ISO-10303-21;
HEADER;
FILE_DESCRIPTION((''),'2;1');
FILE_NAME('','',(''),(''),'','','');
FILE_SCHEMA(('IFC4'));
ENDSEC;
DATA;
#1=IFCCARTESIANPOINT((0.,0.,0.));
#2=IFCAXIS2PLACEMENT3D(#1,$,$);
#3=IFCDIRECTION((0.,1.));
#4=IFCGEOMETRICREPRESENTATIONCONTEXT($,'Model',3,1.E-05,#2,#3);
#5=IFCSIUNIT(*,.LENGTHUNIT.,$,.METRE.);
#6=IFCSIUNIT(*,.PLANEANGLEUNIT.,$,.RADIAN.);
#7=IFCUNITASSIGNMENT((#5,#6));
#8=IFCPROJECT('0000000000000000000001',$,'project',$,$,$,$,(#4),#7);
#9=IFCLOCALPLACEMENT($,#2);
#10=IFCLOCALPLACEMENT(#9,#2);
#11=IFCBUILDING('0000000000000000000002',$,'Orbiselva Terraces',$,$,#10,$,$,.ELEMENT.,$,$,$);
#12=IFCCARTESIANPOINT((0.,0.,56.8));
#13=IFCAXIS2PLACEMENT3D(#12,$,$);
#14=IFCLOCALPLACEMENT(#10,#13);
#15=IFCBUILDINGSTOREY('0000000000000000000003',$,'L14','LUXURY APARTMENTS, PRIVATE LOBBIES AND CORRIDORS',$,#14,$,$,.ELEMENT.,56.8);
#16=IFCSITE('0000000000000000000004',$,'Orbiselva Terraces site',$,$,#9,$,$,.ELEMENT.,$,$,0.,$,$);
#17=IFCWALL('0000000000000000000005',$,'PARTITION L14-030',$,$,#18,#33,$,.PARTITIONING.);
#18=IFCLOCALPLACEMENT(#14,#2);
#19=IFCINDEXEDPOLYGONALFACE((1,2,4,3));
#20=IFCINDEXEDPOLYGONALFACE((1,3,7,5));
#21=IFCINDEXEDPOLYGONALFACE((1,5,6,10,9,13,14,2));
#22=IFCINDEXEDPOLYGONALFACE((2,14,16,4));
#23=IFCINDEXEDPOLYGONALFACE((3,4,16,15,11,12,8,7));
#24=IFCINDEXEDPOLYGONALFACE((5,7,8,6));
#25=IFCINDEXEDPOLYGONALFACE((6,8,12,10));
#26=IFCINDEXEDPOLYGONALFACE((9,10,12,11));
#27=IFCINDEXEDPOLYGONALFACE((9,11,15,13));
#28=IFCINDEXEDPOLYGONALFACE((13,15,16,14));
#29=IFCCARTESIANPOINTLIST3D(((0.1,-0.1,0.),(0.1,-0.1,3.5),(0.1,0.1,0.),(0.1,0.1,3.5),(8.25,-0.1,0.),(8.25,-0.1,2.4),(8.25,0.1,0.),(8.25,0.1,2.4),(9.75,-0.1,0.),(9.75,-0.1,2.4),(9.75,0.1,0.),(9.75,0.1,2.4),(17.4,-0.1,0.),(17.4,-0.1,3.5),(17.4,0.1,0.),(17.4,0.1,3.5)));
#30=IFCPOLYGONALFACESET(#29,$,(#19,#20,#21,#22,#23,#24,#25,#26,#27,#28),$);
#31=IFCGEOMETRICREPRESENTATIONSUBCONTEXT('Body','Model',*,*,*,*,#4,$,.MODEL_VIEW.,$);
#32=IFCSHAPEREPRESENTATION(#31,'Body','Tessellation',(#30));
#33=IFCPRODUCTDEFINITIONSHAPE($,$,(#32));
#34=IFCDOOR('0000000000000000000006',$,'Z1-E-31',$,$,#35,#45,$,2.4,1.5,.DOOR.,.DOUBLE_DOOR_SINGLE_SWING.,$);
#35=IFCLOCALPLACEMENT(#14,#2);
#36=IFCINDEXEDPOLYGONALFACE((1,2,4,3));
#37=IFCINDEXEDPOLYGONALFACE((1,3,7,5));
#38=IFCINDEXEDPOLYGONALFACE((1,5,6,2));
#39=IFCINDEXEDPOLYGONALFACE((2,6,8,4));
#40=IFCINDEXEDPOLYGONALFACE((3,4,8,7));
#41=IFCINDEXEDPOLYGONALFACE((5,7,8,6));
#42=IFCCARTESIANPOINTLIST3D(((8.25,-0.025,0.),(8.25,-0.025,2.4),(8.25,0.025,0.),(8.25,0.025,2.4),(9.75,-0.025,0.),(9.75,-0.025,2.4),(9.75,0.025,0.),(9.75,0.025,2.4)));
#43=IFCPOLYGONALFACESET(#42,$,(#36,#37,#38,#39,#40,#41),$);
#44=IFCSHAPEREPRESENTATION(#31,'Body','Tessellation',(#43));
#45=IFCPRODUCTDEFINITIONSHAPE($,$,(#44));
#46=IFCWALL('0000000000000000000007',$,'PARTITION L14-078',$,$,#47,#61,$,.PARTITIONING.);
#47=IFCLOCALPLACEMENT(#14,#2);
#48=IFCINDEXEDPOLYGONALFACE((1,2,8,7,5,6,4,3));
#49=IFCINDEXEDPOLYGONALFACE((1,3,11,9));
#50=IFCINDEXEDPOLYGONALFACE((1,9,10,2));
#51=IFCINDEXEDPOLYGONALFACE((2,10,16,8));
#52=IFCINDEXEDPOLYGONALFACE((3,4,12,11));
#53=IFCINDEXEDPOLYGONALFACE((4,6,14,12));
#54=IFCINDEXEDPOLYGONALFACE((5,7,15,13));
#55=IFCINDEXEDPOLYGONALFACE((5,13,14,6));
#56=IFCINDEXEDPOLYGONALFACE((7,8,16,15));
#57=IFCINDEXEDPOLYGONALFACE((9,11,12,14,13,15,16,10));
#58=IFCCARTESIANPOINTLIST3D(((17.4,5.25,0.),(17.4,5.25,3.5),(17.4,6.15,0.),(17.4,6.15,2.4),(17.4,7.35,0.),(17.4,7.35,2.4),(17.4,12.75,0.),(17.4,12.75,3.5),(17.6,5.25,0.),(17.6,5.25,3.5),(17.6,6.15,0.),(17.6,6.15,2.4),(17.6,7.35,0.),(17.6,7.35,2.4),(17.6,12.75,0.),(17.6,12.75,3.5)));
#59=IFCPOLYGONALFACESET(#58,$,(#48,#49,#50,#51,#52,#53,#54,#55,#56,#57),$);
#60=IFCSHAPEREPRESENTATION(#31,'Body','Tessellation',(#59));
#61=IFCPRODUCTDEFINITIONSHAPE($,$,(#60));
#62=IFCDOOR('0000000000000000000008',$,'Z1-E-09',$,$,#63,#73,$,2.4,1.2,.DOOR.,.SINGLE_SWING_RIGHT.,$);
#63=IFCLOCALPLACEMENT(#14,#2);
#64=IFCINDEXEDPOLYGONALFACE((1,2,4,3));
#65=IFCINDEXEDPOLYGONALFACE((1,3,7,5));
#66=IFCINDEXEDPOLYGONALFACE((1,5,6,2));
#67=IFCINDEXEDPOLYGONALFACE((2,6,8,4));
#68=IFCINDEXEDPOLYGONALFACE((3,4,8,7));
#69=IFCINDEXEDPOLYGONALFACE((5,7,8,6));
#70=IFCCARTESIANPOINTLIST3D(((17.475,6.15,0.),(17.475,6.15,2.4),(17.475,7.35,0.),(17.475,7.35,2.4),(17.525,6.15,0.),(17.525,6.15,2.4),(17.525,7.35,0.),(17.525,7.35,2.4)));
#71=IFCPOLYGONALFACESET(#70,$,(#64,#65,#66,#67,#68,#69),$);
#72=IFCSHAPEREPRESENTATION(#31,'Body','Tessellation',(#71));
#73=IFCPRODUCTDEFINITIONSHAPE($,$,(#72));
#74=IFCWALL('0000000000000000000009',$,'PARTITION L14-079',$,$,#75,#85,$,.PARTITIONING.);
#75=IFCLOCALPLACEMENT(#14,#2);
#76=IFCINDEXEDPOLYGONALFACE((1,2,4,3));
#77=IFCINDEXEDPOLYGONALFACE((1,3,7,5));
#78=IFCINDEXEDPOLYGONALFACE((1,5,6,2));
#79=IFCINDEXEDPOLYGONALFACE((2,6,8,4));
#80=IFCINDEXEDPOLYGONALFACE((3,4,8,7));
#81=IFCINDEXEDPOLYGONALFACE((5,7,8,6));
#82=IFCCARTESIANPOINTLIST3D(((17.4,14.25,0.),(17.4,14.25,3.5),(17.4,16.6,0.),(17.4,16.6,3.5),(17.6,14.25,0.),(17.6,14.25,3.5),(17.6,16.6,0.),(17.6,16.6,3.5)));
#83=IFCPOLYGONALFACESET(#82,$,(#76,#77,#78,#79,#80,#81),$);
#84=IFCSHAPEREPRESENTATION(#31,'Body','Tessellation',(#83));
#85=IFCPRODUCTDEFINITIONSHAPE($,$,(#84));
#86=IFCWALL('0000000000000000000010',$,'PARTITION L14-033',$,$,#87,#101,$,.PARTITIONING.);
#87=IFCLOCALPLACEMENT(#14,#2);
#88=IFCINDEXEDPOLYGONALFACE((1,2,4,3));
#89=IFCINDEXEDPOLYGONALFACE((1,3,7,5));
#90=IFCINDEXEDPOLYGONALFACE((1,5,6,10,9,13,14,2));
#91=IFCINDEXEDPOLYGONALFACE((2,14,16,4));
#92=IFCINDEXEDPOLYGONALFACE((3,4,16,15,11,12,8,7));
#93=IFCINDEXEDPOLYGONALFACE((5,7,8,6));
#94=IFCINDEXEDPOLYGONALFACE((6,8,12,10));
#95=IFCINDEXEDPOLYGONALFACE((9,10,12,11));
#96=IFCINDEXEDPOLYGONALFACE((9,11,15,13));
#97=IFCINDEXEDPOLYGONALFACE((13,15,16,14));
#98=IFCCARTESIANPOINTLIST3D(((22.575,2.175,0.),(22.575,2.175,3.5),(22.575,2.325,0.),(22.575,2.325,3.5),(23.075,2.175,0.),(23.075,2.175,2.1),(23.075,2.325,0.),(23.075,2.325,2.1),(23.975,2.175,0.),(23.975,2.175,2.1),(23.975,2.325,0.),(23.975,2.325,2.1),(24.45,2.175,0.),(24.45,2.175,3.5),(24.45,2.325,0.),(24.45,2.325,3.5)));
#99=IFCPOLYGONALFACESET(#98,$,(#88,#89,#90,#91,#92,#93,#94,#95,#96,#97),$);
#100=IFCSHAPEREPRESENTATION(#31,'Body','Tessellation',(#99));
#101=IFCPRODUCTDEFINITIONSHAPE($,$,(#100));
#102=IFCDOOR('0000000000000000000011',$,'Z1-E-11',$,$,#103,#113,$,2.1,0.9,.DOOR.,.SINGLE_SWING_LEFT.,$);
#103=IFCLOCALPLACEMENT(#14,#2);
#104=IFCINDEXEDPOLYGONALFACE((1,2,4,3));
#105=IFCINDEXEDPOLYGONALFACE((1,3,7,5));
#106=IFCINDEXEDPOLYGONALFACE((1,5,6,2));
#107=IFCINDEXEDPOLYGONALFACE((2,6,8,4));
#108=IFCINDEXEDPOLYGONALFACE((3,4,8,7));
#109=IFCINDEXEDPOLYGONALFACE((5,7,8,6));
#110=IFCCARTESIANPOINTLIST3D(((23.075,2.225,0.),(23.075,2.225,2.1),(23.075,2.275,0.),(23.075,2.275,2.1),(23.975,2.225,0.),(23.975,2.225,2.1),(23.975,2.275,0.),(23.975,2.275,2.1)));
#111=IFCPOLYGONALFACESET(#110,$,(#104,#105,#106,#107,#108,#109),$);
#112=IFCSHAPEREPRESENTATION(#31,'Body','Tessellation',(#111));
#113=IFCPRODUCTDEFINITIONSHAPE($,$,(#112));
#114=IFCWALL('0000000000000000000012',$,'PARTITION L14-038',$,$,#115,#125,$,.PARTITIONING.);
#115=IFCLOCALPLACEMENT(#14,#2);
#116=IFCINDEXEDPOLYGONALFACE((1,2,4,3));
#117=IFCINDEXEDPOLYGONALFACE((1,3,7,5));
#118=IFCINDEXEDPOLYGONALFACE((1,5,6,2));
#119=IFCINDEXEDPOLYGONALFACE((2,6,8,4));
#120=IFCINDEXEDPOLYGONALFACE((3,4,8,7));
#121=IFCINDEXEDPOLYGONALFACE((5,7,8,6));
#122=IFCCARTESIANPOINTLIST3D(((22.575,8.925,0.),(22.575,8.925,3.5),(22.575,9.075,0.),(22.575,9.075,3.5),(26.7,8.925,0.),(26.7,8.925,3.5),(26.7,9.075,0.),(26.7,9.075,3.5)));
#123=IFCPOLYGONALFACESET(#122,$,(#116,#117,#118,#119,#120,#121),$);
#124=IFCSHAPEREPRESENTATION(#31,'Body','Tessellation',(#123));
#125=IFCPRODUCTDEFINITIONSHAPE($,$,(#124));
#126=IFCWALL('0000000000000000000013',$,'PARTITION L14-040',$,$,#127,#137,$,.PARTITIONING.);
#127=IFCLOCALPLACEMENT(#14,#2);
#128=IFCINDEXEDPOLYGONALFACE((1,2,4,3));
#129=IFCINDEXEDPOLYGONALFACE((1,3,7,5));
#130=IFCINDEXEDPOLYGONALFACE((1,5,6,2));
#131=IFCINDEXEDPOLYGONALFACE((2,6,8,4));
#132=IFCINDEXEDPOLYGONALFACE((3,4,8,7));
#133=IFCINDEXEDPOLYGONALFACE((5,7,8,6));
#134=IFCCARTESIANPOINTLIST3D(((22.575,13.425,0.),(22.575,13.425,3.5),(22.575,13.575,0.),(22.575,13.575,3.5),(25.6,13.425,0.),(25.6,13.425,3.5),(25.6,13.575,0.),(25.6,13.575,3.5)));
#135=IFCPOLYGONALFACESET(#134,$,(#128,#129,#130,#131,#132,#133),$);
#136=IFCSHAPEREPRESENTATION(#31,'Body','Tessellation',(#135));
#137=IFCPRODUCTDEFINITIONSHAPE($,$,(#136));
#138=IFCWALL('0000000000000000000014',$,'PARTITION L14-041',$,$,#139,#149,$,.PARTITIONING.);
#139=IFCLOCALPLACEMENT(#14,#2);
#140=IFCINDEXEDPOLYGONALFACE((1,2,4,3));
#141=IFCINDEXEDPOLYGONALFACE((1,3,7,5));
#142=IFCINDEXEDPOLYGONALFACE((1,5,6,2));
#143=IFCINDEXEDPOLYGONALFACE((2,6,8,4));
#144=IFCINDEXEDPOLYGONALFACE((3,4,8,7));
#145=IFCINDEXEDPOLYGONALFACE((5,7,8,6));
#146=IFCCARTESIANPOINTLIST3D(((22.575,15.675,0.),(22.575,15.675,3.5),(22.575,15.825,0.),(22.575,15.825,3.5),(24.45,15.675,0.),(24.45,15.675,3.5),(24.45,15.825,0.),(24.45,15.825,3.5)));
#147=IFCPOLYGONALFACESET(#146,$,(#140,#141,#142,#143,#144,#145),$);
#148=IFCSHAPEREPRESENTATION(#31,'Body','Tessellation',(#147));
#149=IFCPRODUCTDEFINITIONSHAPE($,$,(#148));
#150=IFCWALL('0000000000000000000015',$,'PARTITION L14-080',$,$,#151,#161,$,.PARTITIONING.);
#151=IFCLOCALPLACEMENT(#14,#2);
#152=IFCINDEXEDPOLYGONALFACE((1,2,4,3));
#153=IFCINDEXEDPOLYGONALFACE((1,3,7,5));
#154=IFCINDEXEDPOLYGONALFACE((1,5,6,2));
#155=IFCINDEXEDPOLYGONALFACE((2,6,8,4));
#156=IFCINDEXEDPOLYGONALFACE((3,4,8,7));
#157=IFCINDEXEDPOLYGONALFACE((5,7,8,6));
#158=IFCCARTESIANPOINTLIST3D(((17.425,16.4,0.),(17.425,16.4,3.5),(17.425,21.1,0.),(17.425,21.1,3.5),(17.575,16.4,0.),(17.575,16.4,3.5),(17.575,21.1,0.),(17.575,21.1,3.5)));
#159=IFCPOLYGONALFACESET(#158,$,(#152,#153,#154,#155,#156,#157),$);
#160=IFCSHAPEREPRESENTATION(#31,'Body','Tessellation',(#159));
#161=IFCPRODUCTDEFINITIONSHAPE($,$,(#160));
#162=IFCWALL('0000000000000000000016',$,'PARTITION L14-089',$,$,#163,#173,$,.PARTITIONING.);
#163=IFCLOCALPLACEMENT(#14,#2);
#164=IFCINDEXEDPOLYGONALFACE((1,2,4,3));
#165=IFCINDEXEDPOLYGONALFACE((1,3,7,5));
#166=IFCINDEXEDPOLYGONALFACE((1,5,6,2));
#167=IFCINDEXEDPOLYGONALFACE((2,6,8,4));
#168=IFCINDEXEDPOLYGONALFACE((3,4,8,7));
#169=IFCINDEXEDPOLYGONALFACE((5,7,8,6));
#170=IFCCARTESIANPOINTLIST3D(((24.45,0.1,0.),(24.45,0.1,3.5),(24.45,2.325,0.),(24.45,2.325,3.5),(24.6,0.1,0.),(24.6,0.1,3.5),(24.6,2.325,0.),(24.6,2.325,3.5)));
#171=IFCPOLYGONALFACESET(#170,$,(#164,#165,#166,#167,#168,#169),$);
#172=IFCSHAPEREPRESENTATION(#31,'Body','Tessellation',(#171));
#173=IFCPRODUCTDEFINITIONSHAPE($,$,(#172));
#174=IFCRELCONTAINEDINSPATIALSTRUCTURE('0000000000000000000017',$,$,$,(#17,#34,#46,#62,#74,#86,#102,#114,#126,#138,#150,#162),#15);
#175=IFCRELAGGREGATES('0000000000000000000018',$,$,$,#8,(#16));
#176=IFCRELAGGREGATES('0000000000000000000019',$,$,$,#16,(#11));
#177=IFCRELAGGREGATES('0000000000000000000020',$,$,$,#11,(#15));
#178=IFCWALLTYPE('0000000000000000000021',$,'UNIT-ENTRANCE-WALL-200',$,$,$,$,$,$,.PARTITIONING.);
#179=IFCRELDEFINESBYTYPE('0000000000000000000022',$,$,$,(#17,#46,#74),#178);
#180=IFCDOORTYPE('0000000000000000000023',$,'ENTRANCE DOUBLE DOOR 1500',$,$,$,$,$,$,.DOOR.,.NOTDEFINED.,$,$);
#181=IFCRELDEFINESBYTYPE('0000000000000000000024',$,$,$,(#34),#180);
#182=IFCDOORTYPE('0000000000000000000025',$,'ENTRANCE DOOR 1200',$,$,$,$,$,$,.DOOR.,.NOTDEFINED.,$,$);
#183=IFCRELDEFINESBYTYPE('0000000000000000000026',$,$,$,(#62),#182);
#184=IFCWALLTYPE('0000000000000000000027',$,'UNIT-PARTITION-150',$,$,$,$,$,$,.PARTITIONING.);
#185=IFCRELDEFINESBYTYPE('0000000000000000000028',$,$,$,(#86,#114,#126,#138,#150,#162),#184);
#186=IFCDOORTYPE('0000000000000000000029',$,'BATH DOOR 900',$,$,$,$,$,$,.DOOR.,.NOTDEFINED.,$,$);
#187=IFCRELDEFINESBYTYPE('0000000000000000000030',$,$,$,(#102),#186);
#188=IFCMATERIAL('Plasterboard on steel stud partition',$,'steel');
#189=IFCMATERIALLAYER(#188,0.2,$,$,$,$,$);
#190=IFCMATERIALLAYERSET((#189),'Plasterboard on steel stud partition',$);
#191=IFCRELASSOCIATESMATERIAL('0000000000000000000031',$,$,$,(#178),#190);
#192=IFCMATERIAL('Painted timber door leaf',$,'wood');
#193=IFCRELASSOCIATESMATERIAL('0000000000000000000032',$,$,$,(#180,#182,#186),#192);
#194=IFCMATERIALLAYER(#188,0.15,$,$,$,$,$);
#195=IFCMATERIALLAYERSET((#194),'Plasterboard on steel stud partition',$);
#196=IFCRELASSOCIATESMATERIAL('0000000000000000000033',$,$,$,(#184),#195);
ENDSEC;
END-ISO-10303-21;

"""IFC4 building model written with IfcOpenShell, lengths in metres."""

from ifc_helpers import new_model, si_unit, direction, frame, frame_2d, origin, place, context, subcontext, project, spatial, rectangle, extrude, material, layer, layer_set, type_object, element, fill, save


model = new_model("IFC4")

# Units and contexts
model_context = context("Model", 3, precision=1e-05, world=origin(), true_north=direction((0.0, 1.0)))
body_context = subcontext(model_context, "Body", "Model", "MODEL_VIEW")
ifc_project = project(units=[si_unit("LENGTHUNIT", "METRE"), si_unit("PLANEANGLEUNIT", "RADIAN")], contexts=[model_context])

# Site, building, storey
site_placement = place(None, origin())
site = spatial("IfcSite", under=ifc_project, at=site_placement, Name="Orbiselva Terraces site", CompositionType="ELEMENT", RefElevation=0.0)
building_placement = place(site_placement, origin())
building = spatial("IfcBuilding", under=site, at=building_placement, Name="Orbiselva Terraces", CompositionType="ELEMENT")
storey_placement = place(building_placement, frame((0.0, 0.0, 56.8)))
storey = spatial("IfcBuildingStorey", under=building, at=storey_placement, Name="L14", Description="LUXURY APARTMENTS, PRIVATE LOBBIES AND CORRIDORS", CompositionType="ELEMENT", Elevation=56.8)

# Walls, openings, doors
ifc_material_1 = material(Name="Plasterboard on steel stud partition", Category="steel")
ifc_layer_1 = layer(ifc_material_1, 0.2)
ifc_layer_set_1 = layer_set([ifc_layer_1], Name="Plasterboard on steel stud partition")
wall_type_1 = type_object("IfcWallType", Name="UNIT-ENTRANCE-WALL-200", PredefinedType="PARTITIONING", material=ifc_layer_set_1)
wall_1_placement = place(storey_placement, frame((17.4, 0.0, 0.0), z_axis=(0.0, 0.0, 1.0), x_axis=(-1.0, 0.0, 0.0)))
wall_1 = element("IfcWall", 1, at=wall_1_placement, inside=storey, type_object=wall_type_1, Name="PARTITION L14-030", PredefinedType="PARTITIONING", context=body_context, shape_type="SweptSolid", body=[
    extrude(rectangle(XDim=17.3, YDim=0.2, at=frame_2d((8.65, 0.0))), origin(), (0.0, 0.0, 1.0), 3.5),
])
opening_1_placement = place(wall_1_placement, frame((7.65, 0.0, 0.0)))
opening_1 = element("IfcOpeningElement", 2, at=opening_1_placement, cuts=wall_1, PredefinedType="OPENING", context=body_context, shape_type="SweptSolid", body=[
    extrude(rectangle(XDim=1.5, YDim=2.4, at=frame_2d((0.75, 1.2))), frame((0.0, 0.11, 0.0), z_axis=(0.0, -1.0, 0.0), x_axis=(1.0, 0.0, 0.0)), (0.0, 0.0, 1.0), 0.22),
])
ifc_material_2 = material(Name="Painted timber door leaf", Category="wood")
door_type_1 = type_object("IfcDoorType", Name="ENTRANCE DOUBLE DOOR 1500", OperationType="NOTDEFINED", PredefinedType="DOOR", material=ifc_material_2)
door_1_placement = place(opening_1_placement, origin())
door_1 = element("IfcDoor", 3, at=door_1_placement, inside=storey, type_object=door_type_1, Name="Z1-E-31", OperationType="DOUBLE_DOOR_SINGLE_SWING", OverallHeight=2.4, OverallWidth=1.5, PredefinedType="DOOR", context=body_context, shape_type="SweptSolid", body=[
    extrude(rectangle(XDim=1.5, YDim=2.4, at=frame_2d((0.75, 1.2))), frame((0.0, 0.025, 0.0), z_axis=(0.0, -1.0, 0.0), x_axis=(1.0, 0.0, 0.0)), (0.0, 0.0, 1.0), 0.05),
])
fill(opening_1, door_1)
wall_2_placement = place(storey_placement, frame((17.5, 12.75, 0.0), z_axis=(0.0, 0.0, 1.0), x_axis=(0.0, -1.0, 0.0)))
wall_2 = element("IfcWall", 4, at=wall_2_placement, inside=storey, type_object=wall_type_1, Name="PARTITION L14-078", PredefinedType="PARTITIONING", context=body_context, shape_type="SweptSolid", body=[
    extrude(rectangle(XDim=7.5, YDim=0.2, at=frame_2d((3.75, 0.0))), origin(), (0.0, 0.0, 1.0), 3.5),
])
opening_2_placement = place(wall_2_placement, frame((5.4, 0.0, 0.0)))
opening_2 = element("IfcOpeningElement", 5, at=opening_2_placement, cuts=wall_2, PredefinedType="OPENING", context=body_context, shape_type="SweptSolid", body=[
    extrude(rectangle(XDim=1.2, YDim=2.4, at=frame_2d((0.6, 1.2))), frame((0.0, 0.11, 0.0), z_axis=(0.0, -1.0, 0.0), x_axis=(1.0, 0.0, 0.0)), (0.0, 0.0, 1.0), 0.22),
])
door_type_2 = type_object("IfcDoorType", Name="ENTRANCE DOOR 1200", OperationType="NOTDEFINED", PredefinedType="DOOR", material=ifc_material_2)
door_2_placement = place(opening_2_placement, origin())
door_2 = element("IfcDoor", 6, at=door_2_placement, inside=storey, type_object=door_type_2, Name="Z1-E-09", OperationType="SINGLE_SWING_RIGHT", OverallHeight=2.4, OverallWidth=1.2, PredefinedType="DOOR", context=body_context, shape_type="SweptSolid", body=[
    extrude(rectangle(XDim=1.2, YDim=2.4, at=frame_2d((0.6, 1.2))), frame((0.0, 0.025, 0.0), z_axis=(0.0, -1.0, 0.0), x_axis=(1.0, 0.0, 0.0)), (0.0, 0.0, 1.0), 0.05),
])
fill(opening_2, door_2)

# Wall
wall_3_placement = place(storey_placement, frame((17.5, 14.25, 0.0), z_axis=(0.0, 0.0, 1.0), x_axis=(0.0, 1.0, 0.0)))
element("IfcWall", 7, at=wall_3_placement, inside=storey, type_object=wall_type_1, Name="PARTITION L14-079", PredefinedType="PARTITIONING", context=body_context, shape_type="SweptSolid", body=[
    extrude(rectangle(XDim=2.35, YDim=0.2, at=frame_2d((1.175, 0.0))), origin(), (0.0, 0.0, 1.0), 3.5),
])

# Wall, opening, door
ifc_layer_2 = layer(ifc_material_1, 0.15)
ifc_layer_set_2 = layer_set([ifc_layer_2], Name="Plasterboard on steel stud partition")
wall_type_2 = type_object("IfcWallType", Name="UNIT-PARTITION-150", PredefinedType="PARTITIONING", material=ifc_layer_set_2)
wall_4_placement = place(storey_placement, frame((24.45, 2.25, 0.0), z_axis=(0.0, 0.0, 1.0), x_axis=(-1.0, 0.0, 0.0)))
wall_4 = element("IfcWall", 8, at=wall_4_placement, inside=storey, type_object=wall_type_2, Name="PARTITION L14-033", PredefinedType="PARTITIONING", context=body_context, shape_type="SweptSolid", body=[
    extrude(rectangle(XDim=1.875, YDim=0.15, at=frame_2d((0.9375, 0.0))), origin(), (0.0, 0.0, 1.0), 3.5),
])
opening_3_placement = place(wall_4_placement, frame((0.475, 0.0, 0.0)))
opening_3 = element("IfcOpeningElement", 9, at=opening_3_placement, cuts=wall_4, PredefinedType="OPENING", context=body_context, shape_type="SweptSolid", body=[
    extrude(rectangle(XDim=0.9, YDim=2.1, at=frame_2d((0.45, 1.05))), frame((0.0, 0.085, 0.0), z_axis=(0.0, -1.0, 0.0), x_axis=(1.0, 0.0, 0.0)), (0.0, 0.0, 1.0), 0.17),
])
door_type_3 = type_object("IfcDoorType", Name="BATH DOOR 900", OperationType="NOTDEFINED", PredefinedType="DOOR", material=ifc_material_2)
door_3_placement = place(opening_3_placement, origin())
door_3 = element("IfcDoor", 10, at=door_3_placement, inside=storey, type_object=door_type_3, Name="Z1-E-11", OperationType="SINGLE_SWING_LEFT", OverallHeight=2.1, OverallWidth=0.9, PredefinedType="DOOR", context=body_context, shape_type="SweptSolid", body=[
    extrude(rectangle(XDim=0.9, YDim=2.1, at=frame_2d((0.45, 1.05))), frame((0.0, 0.025, 0.0), z_axis=(0.0, -1.0, 0.0), x_axis=(1.0, 0.0, 0.0)), (0.0, 0.0, 1.0), 0.05),
])
fill(opening_3, door_3)

# Walls
wall_5_placement = place(storey_placement, frame((22.575, 9.0, 0.0), z_axis=(0.0, 0.0, 1.0), x_axis=(1.0, 0.0, 0.0)))
element("IfcWall", 11, at=wall_5_placement, inside=storey, type_object=wall_type_2, Name="PARTITION L14-038", PredefinedType="PARTITIONING", context=body_context, shape_type="SweptSolid", body=[
    extrude(rectangle(XDim=4.125, YDim=0.15, at=frame_2d((2.0625, 0.0))), origin(), (0.0, 0.0, 1.0), 3.5),
])
wall_6_placement = place(storey_placement, frame((22.575, 13.5, 0.0), z_axis=(0.0, 0.0, 1.0), x_axis=(1.0, 0.0, 0.0)))
element("IfcWall", 12, at=wall_6_placement, inside=storey, type_object=wall_type_2, Name="PARTITION L14-040", PredefinedType="PARTITIONING", context=body_context, shape_type="SweptSolid", body=[
    extrude(rectangle(XDim=3.025, YDim=0.15, at=frame_2d((1.5125, 0.0))), origin(), (0.0, 0.0, 1.0), 3.5),
])
wall_7_placement = place(storey_placement, frame((22.575, 15.75, 0.0), z_axis=(0.0, 0.0, 1.0), x_axis=(1.0, 0.0, 0.0)))
element("IfcWall", 13, at=wall_7_placement, inside=storey, type_object=wall_type_2, Name="PARTITION L14-041", PredefinedType="PARTITIONING", context=body_context, shape_type="SweptSolid", body=[
    extrude(rectangle(XDim=1.875, YDim=0.15, at=frame_2d((0.9375, 0.0))), origin(), (0.0, 0.0, 1.0), 3.5),
])
wall_8_placement = place(storey_placement, frame((17.5, 16.4, 0.0), z_axis=(0.0, 0.0, 1.0), x_axis=(0.0, 1.0, 0.0)))
element("IfcWall", 14, at=wall_8_placement, inside=storey, type_object=wall_type_2, Name="PARTITION L14-080", PredefinedType="PARTITIONING", context=body_context, shape_type="SweptSolid", body=[
    extrude(rectangle(XDim=4.7, YDim=0.15, at=frame_2d((2.35, 0.0))), origin(), (0.0, 0.0, 1.0), 3.5),
])
wall_9_placement = place(storey_placement, frame((24.525, 0.1, 0.0), z_axis=(0.0, 0.0, 1.0), x_axis=(0.0, 1.0, 0.0)))
element("IfcWall", 15, at=wall_9_placement, inside=storey, type_object=wall_type_2, Name="PARTITION L14-089", PredefinedType="PARTITIONING", context=body_context, shape_type="SweptSolid", body=[
    extrude(rectangle(XDim=2.225, YDim=0.15, at=frame_2d((1.1125, 0.0))), origin(), (0.0, 0.0, 1.0), 3.5),
])

save(model, "model.ifc")
